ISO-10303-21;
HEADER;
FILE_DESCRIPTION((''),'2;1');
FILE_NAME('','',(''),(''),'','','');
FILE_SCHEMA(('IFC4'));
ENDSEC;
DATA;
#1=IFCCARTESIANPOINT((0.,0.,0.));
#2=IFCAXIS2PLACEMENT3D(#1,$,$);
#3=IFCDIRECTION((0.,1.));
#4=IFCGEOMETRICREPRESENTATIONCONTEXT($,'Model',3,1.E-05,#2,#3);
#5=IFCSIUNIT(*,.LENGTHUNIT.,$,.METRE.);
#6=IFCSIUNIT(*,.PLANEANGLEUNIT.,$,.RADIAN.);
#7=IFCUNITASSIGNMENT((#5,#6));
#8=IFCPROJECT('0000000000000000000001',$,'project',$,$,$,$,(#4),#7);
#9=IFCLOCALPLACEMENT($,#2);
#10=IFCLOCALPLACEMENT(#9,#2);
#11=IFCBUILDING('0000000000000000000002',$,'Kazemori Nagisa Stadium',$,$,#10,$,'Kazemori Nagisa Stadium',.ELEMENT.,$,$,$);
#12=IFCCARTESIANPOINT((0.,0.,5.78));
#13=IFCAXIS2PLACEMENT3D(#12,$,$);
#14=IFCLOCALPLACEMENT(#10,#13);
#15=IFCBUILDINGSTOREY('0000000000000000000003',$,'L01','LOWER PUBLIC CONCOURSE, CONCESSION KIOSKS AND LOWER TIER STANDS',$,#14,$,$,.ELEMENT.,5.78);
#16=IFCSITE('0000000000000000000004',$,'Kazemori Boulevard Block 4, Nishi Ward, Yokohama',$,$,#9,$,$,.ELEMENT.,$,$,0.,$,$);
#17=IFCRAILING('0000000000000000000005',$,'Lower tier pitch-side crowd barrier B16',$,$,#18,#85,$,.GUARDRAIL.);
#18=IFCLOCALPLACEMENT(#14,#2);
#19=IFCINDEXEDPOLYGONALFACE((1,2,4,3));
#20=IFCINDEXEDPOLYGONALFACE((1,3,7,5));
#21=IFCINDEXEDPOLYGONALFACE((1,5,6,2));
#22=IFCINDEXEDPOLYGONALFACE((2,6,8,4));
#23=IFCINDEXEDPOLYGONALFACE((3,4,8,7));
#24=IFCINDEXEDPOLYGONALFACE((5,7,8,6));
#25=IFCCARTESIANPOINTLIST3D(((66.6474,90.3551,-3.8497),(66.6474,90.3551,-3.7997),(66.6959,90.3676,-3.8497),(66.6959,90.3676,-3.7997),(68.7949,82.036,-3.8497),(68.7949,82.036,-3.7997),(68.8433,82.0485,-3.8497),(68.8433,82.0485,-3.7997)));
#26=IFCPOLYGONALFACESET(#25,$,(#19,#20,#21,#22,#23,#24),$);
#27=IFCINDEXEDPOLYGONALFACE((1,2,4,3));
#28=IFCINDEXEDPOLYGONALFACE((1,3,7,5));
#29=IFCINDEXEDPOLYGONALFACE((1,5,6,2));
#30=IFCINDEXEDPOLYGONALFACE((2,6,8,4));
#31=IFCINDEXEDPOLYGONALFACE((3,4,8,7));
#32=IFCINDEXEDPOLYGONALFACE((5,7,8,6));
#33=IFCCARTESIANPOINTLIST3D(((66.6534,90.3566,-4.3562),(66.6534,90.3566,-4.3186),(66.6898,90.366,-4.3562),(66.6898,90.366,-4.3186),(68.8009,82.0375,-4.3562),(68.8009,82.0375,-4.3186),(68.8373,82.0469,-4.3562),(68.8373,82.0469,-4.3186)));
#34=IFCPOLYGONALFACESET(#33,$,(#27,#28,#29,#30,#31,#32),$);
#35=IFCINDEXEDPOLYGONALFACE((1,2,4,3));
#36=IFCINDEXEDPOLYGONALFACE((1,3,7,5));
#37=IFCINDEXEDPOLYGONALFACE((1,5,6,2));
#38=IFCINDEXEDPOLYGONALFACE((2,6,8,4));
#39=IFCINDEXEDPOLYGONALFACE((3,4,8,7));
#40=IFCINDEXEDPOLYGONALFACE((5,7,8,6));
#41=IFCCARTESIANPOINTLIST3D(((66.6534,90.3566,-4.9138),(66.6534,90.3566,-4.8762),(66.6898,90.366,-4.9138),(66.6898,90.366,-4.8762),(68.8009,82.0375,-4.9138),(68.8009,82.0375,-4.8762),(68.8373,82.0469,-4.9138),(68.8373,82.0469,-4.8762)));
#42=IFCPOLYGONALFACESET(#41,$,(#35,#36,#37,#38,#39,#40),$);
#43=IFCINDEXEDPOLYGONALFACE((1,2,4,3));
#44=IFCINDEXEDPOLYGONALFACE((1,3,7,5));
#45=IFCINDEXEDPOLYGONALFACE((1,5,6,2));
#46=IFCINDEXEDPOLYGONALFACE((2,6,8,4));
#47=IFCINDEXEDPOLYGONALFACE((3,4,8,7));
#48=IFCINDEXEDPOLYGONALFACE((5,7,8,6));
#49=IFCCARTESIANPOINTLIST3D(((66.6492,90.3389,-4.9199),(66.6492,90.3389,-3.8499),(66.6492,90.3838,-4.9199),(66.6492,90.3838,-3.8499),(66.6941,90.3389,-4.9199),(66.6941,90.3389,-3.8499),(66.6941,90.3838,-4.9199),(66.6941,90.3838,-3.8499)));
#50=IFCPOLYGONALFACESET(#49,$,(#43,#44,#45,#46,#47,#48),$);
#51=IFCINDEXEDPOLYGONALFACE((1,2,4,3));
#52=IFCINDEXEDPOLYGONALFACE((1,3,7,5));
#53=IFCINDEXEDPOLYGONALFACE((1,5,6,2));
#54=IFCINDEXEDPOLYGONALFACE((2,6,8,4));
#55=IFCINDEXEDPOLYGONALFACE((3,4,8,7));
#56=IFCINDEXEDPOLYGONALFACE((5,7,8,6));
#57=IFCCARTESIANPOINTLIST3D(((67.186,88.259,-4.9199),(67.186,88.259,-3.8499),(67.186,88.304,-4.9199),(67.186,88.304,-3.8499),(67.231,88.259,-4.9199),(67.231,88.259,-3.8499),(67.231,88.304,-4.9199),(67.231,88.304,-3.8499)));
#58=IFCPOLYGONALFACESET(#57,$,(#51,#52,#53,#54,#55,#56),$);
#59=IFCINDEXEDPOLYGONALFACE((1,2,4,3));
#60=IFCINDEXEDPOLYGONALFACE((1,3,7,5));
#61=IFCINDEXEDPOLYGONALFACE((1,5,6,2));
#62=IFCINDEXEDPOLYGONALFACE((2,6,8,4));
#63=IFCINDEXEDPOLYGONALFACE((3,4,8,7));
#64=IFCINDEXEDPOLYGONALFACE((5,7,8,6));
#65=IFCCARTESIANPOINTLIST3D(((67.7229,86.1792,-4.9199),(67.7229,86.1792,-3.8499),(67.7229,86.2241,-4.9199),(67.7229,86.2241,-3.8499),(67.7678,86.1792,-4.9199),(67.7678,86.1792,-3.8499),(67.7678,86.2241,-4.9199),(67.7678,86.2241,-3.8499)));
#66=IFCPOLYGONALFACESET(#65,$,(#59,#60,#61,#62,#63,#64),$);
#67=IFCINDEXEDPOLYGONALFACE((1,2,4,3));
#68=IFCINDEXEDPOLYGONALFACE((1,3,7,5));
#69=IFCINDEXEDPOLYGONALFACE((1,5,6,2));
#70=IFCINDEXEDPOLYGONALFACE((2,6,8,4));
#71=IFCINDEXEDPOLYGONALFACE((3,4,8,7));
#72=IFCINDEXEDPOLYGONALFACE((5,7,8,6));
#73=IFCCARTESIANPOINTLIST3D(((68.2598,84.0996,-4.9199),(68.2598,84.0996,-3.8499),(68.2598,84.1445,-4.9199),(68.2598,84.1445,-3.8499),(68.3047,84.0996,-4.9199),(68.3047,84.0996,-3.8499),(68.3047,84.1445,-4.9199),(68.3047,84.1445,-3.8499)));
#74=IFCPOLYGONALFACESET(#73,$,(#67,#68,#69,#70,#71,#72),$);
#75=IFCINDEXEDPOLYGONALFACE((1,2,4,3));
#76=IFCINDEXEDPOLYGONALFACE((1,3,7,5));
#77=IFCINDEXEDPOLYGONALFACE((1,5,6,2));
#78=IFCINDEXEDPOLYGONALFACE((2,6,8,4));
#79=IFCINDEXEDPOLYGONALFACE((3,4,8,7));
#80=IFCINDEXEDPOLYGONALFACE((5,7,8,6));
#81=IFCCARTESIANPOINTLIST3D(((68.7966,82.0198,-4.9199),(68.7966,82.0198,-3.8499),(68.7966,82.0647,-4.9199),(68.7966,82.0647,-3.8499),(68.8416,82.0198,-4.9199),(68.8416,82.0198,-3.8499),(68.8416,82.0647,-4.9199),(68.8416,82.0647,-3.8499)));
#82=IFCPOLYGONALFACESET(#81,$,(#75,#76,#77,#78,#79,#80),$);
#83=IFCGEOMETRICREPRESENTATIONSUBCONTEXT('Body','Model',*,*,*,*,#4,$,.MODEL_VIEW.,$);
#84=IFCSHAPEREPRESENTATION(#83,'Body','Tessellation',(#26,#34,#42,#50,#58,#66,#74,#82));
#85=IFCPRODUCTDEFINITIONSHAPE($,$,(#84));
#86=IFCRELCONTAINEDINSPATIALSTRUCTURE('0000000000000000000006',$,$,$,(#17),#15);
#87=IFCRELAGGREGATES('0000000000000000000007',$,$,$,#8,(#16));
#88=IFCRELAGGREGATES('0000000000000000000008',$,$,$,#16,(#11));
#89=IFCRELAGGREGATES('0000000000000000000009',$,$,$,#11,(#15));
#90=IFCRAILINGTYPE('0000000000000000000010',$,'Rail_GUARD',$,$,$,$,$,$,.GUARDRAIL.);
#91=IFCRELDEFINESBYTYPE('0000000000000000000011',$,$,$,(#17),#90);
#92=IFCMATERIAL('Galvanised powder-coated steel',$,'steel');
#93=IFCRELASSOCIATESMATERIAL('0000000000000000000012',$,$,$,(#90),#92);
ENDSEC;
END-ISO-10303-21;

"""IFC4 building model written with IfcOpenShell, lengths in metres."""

from ifc_helpers import new_model, si_unit, direction, frame, origin, origin_2d, place, context, subcontext, project, spatial, rectangle, extrude, material, type_object, element, save


model = new_model("IFC4")

# Units and contexts
model_context = context("Model", 3, precision=1e-05, world=origin(), true_north=direction((0.0, 1.0)))
body_context = subcontext(model_context, "Body", "Model", "MODEL_VIEW")
ifc_project = project(units=[si_unit("LENGTHUNIT", "METRE"), si_unit("PLANEANGLEUNIT", "RADIAN")], contexts=[model_context])

# Site, building, storey
site_placement = place(None, origin())
site = spatial("IfcSite", under=ifc_project, at=site_placement, Name="Kazemori Boulevard Block 4, Nishi Ward, Yokohama", CompositionType="ELEMENT", RefElevation=0.0)
building_placement = place(site_placement, origin())
building = spatial("IfcBuilding", under=site, at=building_placement, Name="Kazemori Nagisa Stadium", LongName="Kazemori Nagisa Stadium", CompositionType="ELEMENT")
storey_placement = place(building_placement, frame((0.0, 0.0, 5.78)))
storey = spatial("IfcBuildingStorey", under=building, at=storey_placement, Name="L01", Description="LOWER PUBLIC CONCOURSE, CONCESSION KIOSKS AND LOWER TIER STANDS", CompositionType="ELEMENT", Elevation=5.78)

# Railing
ifc_material_1 = material(Name="Galvanised powder-coated steel", Category="steel")
railing_type_1 = type_object("IfcRailingType", Name="Rail_GUARD", PredefinedType="GUARDRAIL", material=ifc_material_1)
railing_1_placement = place(storey_placement, frame((66.6716, 90.3613, -4.9199)))
element("IfcRailing", 1, at=railing_1_placement, inside=storey, type_object=railing_type_1, Name="Lower tier pitch-side crowd barrier B16", PredefinedType="GUARDRAIL", context=body_context, shape_type="SweptSolid", body=[
    extrude(rectangle(XDim=0.05, YDim=0.05, at=origin_2d()), frame((0.0, 0.0, 1.0952), z_axis=(0.249943, -0.96826, 0.0), x_axis=(0.96826, 0.249943, 0.0)), (0.0, 0.0, 1.0), 8.5918),
    extrude(rectangle(XDim=0.0376, YDim=0.0376, at=origin_2d()), frame((0.0, 0.0, 0.5825), z_axis=(0.249943, -0.96826, 0.0), x_axis=(0.96826, 0.249943, 0.0)), (0.0, 0.0, 1.0), 8.5918),
    extrude(rectangle(XDim=0.0376, YDim=0.0376, at=origin_2d()), frame((0.0, 0.0, 0.0249), z_axis=(0.249943, -0.96826, 0.0), x_axis=(0.96826, 0.249943, 0.0)), (0.0, 0.0, 1.0), 8.5918),
    extrude(rectangle(XDim=0.0449, YDim=0.0449, at=origin_2d()), origin(), (0.0, 0.0, 1.0), 1.0701),
    extrude(rectangle(XDim=0.0449, YDim=0.0449, at=origin_2d()), frame((0.5369, -2.0798, 0.0)), (0.0, 0.0, 1.0), 1.0701),
    extrude(rectangle(XDim=0.0449, YDim=0.0449, at=origin_2d()), frame((1.0737, -4.1597, 0.0)), (0.0, 0.0, 1.0), 1.0701),
    extrude(rectangle(XDim=0.0449, YDim=0.0449, at=origin_2d()), frame((1.6106, -6.2393, 0.0)), (0.0, 0.0, 1.0), 1.0701),
    extrude(rectangle(XDim=0.0449, YDim=0.0449, at=origin_2d()), frame((2.1475, -8.3191, 0.0)), (0.0, 0.0, 1.0), 1.0701),
])

save(model, "model.ifc")
